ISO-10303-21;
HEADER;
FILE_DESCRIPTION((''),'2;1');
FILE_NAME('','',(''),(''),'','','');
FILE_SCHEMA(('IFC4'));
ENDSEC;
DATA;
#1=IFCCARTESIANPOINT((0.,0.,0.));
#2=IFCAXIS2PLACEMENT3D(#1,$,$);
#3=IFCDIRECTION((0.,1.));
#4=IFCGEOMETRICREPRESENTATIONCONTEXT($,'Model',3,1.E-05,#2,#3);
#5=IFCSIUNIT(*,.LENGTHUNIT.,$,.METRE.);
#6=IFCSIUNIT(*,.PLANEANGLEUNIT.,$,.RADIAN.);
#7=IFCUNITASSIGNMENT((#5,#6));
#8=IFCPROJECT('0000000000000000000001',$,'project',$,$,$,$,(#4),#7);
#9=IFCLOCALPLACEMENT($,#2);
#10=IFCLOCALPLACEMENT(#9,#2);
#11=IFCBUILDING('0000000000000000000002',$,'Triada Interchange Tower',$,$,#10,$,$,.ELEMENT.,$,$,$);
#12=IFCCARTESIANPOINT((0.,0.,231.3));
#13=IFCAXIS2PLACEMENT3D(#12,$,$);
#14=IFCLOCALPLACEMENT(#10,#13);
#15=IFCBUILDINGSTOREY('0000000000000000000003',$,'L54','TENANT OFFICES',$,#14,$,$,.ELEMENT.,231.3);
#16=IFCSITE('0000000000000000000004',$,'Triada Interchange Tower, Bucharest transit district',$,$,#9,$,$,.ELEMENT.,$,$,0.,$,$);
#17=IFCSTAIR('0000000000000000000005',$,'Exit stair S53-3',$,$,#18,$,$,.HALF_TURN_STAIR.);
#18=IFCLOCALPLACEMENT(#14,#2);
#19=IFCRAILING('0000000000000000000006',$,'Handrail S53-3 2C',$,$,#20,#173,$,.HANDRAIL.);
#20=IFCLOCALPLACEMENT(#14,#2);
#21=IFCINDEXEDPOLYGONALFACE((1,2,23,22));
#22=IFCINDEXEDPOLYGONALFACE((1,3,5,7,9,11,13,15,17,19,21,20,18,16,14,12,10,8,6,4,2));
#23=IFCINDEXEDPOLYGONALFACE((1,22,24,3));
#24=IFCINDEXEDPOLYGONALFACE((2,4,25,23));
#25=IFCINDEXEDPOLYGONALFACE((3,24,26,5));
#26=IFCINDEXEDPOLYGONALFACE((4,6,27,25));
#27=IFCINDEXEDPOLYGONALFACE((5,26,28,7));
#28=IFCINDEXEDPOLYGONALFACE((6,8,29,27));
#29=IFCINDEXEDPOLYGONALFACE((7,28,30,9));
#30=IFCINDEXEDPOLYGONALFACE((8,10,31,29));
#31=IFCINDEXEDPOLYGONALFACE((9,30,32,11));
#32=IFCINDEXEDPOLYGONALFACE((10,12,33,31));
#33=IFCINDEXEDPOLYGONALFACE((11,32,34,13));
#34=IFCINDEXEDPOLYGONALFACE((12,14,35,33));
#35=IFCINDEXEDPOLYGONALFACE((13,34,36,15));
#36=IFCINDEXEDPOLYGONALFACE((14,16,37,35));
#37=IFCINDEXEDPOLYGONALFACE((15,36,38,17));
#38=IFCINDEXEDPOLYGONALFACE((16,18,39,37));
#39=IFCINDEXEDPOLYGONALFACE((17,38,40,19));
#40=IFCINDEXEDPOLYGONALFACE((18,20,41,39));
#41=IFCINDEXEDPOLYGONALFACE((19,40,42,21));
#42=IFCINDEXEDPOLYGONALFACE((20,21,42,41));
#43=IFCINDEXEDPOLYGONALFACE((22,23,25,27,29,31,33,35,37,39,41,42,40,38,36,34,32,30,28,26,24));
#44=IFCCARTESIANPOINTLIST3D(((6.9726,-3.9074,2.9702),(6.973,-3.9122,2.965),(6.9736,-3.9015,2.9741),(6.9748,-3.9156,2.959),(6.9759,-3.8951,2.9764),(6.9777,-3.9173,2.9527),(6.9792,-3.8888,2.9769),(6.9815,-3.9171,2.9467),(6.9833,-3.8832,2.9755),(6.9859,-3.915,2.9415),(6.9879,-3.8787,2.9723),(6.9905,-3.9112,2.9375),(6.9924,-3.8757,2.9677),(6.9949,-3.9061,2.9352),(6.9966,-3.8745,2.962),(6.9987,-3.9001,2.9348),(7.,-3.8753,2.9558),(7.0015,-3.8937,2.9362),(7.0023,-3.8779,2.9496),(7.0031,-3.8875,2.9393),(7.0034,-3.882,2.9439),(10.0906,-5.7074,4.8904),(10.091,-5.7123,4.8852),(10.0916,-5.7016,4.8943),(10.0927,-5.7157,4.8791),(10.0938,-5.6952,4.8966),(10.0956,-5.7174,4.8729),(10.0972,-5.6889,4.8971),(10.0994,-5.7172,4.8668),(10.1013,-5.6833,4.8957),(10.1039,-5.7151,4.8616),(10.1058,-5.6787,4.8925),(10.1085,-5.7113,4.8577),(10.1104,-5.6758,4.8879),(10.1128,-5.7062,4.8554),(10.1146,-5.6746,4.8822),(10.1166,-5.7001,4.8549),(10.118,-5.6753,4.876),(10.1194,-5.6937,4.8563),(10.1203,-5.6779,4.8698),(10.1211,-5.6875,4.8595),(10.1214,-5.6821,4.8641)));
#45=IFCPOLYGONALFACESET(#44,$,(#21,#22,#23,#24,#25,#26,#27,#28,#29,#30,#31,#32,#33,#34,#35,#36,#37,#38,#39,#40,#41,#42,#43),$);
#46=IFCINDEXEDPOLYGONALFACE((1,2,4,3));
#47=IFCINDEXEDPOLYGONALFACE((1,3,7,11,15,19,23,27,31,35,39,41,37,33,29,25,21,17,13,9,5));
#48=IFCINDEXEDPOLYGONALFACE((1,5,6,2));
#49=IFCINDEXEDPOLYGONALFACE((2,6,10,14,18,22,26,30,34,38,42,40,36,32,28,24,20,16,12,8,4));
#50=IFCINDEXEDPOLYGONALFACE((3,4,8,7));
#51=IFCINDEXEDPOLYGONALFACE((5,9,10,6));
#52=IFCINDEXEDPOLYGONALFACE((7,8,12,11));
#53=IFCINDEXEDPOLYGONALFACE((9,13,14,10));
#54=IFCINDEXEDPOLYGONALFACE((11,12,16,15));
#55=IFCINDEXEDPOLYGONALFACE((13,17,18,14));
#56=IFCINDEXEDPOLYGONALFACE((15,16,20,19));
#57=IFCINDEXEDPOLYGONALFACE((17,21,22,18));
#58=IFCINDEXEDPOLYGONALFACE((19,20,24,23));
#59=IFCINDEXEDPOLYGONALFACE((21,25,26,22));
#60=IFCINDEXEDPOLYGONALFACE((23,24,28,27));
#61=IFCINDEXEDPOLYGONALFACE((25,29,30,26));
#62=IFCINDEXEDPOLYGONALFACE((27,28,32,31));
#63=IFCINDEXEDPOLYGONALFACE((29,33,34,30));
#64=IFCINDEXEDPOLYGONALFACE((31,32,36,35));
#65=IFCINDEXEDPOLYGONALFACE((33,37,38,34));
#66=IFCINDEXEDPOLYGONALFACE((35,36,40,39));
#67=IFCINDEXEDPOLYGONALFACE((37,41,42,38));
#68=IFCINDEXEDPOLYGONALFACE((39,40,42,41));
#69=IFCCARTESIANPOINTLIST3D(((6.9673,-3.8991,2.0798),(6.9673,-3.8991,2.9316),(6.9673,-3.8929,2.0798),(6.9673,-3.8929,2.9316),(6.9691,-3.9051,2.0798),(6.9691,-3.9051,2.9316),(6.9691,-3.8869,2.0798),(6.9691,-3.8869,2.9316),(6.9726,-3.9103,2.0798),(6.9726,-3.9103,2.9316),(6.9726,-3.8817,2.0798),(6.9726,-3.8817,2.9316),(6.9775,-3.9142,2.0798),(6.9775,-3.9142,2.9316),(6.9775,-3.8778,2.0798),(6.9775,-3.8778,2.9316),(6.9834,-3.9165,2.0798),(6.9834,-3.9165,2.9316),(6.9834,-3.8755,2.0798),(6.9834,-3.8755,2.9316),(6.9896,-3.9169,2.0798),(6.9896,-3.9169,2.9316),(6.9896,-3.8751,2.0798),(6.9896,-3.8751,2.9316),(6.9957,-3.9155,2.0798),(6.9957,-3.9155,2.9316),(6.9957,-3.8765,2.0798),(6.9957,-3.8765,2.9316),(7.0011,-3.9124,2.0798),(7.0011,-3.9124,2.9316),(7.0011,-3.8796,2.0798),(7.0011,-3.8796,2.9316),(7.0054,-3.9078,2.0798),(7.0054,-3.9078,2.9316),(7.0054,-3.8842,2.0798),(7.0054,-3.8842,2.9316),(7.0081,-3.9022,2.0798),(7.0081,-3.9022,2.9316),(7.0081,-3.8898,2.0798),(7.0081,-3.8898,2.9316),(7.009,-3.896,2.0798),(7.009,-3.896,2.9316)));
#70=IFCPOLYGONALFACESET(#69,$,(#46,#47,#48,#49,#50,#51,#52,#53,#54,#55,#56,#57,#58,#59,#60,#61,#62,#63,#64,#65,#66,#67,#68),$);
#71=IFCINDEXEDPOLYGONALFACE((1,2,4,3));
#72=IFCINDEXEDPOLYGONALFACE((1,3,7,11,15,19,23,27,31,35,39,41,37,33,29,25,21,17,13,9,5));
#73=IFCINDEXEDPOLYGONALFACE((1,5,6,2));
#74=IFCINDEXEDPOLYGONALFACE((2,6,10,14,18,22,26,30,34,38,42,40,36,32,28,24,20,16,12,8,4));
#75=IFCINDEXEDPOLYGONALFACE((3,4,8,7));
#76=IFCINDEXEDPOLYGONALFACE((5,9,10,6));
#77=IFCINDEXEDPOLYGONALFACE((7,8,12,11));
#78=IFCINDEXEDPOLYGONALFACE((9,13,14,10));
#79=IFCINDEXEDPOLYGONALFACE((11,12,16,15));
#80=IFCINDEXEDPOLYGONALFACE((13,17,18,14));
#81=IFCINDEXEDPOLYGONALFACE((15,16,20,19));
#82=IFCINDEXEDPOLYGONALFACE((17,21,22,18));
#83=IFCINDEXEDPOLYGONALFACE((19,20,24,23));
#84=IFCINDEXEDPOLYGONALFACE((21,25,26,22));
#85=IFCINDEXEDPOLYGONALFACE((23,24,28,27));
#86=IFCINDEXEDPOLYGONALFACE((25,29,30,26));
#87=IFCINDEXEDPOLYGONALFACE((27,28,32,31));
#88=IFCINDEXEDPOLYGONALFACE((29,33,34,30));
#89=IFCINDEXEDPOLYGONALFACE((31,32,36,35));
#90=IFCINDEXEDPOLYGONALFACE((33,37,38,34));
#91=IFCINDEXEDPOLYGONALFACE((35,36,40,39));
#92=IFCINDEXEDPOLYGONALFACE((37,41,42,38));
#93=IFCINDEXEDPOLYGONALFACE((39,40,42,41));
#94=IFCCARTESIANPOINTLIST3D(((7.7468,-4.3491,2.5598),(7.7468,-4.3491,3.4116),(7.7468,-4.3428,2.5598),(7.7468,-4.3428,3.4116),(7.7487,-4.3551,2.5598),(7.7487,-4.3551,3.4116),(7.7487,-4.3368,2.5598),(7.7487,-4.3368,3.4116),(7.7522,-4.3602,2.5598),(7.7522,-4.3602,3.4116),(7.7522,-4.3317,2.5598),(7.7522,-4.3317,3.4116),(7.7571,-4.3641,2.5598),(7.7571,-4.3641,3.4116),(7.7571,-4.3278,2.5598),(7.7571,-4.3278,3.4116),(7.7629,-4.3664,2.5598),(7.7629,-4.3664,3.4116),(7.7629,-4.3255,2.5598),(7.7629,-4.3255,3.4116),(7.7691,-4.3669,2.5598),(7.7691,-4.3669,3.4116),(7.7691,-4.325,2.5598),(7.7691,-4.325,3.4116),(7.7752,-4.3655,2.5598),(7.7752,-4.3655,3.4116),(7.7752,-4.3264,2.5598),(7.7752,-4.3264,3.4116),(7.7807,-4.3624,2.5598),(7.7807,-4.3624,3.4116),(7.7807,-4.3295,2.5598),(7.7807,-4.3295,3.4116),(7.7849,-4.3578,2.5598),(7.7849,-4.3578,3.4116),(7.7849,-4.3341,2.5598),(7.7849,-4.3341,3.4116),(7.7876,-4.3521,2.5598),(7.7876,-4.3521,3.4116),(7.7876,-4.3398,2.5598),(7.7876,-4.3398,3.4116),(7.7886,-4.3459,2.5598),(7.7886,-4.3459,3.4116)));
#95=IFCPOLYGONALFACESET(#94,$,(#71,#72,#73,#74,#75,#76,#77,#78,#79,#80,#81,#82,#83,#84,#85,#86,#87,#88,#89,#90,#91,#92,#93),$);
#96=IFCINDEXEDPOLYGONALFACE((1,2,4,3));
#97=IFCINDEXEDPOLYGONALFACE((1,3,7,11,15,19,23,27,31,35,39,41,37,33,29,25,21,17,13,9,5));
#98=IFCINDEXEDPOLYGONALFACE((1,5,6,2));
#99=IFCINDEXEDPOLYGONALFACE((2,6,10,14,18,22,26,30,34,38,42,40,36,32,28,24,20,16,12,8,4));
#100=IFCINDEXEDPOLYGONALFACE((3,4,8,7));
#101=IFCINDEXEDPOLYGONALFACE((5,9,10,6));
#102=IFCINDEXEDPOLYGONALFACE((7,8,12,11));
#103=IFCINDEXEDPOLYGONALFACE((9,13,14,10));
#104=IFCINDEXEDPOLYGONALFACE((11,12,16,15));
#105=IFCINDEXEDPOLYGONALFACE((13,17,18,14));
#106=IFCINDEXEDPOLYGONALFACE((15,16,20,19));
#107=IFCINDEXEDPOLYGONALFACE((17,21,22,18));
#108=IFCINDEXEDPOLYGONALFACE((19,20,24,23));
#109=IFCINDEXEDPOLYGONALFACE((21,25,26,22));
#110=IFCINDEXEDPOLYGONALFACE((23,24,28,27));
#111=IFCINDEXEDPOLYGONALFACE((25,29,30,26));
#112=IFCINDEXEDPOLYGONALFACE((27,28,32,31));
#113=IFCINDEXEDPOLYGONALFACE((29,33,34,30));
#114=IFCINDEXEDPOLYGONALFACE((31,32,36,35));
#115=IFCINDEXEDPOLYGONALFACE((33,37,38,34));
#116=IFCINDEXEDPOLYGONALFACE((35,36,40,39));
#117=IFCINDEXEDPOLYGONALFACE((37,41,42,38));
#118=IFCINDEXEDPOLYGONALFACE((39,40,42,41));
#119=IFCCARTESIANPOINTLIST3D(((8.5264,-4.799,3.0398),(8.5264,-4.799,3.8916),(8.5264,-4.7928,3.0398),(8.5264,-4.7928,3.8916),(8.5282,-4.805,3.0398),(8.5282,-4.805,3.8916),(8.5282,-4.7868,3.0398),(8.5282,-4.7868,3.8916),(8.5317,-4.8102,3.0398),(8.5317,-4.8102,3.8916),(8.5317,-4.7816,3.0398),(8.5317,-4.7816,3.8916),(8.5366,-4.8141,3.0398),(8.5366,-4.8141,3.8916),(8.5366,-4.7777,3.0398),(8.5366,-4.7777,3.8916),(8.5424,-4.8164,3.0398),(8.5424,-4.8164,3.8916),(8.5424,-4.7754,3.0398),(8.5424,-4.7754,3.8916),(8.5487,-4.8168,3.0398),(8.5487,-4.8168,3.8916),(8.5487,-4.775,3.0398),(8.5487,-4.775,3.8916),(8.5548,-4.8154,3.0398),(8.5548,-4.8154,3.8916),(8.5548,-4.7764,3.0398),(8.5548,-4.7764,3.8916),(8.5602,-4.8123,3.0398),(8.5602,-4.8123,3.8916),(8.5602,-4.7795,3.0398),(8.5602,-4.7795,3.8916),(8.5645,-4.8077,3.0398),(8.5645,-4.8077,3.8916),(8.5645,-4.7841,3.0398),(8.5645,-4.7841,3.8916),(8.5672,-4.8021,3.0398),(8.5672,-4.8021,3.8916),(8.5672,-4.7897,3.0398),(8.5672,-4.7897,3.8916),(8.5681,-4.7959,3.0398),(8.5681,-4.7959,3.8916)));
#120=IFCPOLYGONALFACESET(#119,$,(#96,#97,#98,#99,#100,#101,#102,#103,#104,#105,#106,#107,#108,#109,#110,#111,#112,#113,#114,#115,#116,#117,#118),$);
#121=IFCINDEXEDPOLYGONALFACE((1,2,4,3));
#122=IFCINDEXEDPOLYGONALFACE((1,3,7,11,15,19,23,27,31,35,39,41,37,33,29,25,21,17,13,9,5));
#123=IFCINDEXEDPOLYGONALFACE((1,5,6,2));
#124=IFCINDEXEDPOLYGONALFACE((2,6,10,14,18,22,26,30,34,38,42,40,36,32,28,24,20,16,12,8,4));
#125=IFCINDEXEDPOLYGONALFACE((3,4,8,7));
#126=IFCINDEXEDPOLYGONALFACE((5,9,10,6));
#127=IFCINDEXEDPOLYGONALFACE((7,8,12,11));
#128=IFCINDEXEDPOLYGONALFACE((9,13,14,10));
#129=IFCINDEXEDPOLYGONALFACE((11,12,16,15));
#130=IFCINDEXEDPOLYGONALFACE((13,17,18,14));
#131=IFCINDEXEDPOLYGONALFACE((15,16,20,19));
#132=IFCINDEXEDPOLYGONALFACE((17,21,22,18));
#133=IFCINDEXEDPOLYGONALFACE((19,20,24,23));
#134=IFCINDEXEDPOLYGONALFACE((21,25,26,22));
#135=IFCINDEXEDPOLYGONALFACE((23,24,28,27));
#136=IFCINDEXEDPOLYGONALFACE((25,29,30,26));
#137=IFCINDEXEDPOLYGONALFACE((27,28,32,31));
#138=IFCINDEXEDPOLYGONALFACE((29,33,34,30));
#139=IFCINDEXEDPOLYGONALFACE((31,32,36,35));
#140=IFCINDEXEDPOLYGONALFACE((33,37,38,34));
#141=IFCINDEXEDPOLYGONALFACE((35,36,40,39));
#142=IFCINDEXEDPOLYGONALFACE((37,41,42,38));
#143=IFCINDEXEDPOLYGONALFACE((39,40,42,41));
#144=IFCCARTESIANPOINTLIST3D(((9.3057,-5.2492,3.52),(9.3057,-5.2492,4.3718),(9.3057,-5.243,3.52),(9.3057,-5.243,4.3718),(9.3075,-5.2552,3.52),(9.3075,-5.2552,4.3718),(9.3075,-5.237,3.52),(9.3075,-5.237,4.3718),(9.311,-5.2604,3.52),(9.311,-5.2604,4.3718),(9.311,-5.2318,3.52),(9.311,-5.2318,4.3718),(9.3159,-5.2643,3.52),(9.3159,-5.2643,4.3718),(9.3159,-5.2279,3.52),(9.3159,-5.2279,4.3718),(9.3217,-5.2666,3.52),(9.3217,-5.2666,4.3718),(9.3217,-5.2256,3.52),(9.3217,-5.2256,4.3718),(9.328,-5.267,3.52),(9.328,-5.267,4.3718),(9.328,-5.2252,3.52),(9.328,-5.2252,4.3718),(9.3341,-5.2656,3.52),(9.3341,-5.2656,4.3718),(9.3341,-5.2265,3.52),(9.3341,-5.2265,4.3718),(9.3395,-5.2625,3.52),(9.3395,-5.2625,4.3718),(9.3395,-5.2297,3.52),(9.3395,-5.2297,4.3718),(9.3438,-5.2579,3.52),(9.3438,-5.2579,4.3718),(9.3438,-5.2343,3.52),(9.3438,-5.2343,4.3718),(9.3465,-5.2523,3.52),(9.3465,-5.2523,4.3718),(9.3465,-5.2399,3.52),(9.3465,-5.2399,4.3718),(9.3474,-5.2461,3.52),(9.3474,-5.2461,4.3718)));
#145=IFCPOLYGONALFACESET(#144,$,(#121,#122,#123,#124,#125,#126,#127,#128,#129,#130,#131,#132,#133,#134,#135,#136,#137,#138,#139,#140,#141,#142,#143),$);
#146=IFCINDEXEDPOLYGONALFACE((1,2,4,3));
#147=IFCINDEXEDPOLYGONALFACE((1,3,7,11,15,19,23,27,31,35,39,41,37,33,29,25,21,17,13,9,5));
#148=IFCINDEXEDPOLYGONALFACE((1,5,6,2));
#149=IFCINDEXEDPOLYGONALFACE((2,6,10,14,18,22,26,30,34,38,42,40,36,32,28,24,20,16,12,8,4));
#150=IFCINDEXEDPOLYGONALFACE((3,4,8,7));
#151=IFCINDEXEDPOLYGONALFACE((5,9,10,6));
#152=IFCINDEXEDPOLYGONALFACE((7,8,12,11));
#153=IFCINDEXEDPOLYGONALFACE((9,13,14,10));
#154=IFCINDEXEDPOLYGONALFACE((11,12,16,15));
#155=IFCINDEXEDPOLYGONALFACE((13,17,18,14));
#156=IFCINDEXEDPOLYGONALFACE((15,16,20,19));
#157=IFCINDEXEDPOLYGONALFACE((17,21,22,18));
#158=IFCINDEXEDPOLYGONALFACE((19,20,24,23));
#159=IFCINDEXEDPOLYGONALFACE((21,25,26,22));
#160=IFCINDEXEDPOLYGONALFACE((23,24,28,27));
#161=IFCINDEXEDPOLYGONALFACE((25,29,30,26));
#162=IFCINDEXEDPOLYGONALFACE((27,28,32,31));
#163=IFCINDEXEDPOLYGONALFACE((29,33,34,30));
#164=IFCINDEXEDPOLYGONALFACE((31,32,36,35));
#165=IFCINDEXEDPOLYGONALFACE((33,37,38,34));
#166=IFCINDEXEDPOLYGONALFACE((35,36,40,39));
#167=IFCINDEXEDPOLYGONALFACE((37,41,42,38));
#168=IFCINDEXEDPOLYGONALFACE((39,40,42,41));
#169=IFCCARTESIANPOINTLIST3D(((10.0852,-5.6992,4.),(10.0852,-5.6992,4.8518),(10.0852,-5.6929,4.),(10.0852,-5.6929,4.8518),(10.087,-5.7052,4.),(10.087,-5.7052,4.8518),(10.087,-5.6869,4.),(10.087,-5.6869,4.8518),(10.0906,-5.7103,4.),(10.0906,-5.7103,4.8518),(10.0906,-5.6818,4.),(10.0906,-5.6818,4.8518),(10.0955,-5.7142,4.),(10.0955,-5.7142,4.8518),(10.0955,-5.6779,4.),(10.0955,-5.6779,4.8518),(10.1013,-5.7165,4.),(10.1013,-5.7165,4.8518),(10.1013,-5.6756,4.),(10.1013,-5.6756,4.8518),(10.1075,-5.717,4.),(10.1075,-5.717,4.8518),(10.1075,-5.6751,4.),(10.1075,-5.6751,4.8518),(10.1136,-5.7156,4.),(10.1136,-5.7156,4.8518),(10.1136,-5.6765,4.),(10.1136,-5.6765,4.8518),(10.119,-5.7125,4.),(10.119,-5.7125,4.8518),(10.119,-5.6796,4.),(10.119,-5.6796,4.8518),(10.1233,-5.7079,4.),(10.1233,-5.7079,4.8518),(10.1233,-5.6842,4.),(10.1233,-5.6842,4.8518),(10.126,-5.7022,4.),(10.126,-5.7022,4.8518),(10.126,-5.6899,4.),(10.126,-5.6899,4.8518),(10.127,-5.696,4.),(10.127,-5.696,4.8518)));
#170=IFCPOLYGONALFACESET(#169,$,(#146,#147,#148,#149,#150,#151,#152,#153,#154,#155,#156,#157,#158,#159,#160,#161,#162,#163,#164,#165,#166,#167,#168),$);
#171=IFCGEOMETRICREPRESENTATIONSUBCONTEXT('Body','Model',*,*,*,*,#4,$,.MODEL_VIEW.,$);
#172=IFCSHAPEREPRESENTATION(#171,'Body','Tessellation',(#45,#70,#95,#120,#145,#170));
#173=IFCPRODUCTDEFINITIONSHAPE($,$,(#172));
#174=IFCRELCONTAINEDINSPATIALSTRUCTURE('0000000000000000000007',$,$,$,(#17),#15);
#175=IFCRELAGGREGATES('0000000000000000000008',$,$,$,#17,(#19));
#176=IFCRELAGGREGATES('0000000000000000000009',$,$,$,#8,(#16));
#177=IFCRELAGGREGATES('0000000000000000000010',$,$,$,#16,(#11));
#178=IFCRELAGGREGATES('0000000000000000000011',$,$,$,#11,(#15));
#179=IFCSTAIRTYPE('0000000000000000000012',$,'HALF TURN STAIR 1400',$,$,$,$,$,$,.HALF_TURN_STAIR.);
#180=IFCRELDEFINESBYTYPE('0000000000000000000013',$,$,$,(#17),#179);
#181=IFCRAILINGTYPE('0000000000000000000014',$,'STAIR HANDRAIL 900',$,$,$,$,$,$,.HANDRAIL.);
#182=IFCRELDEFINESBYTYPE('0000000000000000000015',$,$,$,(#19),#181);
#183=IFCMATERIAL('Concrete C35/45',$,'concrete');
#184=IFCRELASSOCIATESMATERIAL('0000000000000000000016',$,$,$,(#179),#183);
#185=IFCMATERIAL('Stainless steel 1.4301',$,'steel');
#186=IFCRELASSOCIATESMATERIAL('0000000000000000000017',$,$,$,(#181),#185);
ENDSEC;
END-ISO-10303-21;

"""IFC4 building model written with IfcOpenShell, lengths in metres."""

from ifc_helpers import new_model, si_unit, direction, frame, origin, origin_2d, place, context, subcontext, project, spatial, circle, extrude, material, type_object, element, aggregate, save


model = new_model("IFC4")

# Units and contexts
model_context = context("Model", 3, precision=1e-05, world=origin(), true_north=direction((0.0, 1.0)))
body_context = subcontext(model_context, "Body", "Model", "MODEL_VIEW")
ifc_project = project(units=[si_unit("LENGTHUNIT", "METRE"), si_unit("PLANEANGLEUNIT", "RADIAN")], contexts=[model_context])

# Site, building, storey
site_placement = place(None, origin())
site = spatial("IfcSite", under=ifc_project, at=site_placement, Name="Triada Interchange Tower, Bucharest transit district", CompositionType="ELEMENT", RefElevation=0.0)
building_placement = place(site_placement, origin())
building = spatial("IfcBuilding", under=site, at=building_placement, Name="Triada Interchange Tower", CompositionType="ELEMENT")
storey_placement = place(building_placement, frame((0.0, 0.0, 231.3)))
storey = spatial("IfcBuildingStorey", under=building, at=storey_placement, Name="L54", Description="TENANT OFFICES", CompositionType="ELEMENT", Elevation=231.3)

# Stair, railing
ifc_material_1 = material(Name="Concrete C35/45", Category="concrete")
stair_type = type_object("IfcStairType", Name="HALF TURN STAIR 1400", PredefinedType="HALF_TURN_STAIR", material=ifc_material_1)
stair_placement = place(storey_placement, origin())
stair = element("IfcStair", 1, at=stair_placement, inside=storey, type_object=stair_type, Name="Exit stair S53-3", PredefinedType="HALF_TURN_STAIR")
ifc_material_2 = material(Name="Stainless steel 1.4301", Category="steel")
railing_type = type_object("IfcRailingType", Name="STAIR HANDRAIL 900", PredefinedType="HANDRAIL", material=ifc_material_2)
railing_1_placement = place(storey_placement, frame((6.988, -3.896, 2.0798)))
railing_1 = element("IfcRailing", 2, at=railing_1_placement, type_object=railing_type, Name="Handrail S53-3 2C", PredefinedType="HANDRAIL", context=body_context, shape_type="SweptSolid", body=[
    extrude(circle(Radius=0.0239, at=origin_2d()), frame((0.0, 0.0, 0.876), z_axis=(0.764145, -0.441159, 0.470597), x_axis=(0.499983, 0.866035, 0.0)), (0.0, 0.0, 1.0), 4.0803),
    extrude(circle(Radius=0.021, at=origin_2d()), origin(), (0.0, 0.0, 1.0), 0.8518),
    extrude(circle(Radius=0.021, at=origin_2d()), frame((0.7795, -0.45, 0.48)), (0.0, 0.0, 1.0), 0.8518),
    extrude(circle(Radius=0.021, at=origin_2d()), frame((1.5591, -0.8999, 0.96)), (0.0, 0.0, 1.0), 0.8518),
    extrude(circle(Radius=0.021, at=origin_2d()), frame((2.3384, -1.3501, 1.4402)), (0.0, 0.0, 1.0), 0.8518),
    extrude(circle(Radius=0.021, at=origin_2d()), frame((3.1179, -1.8, 1.9202)), (0.0, 0.0, 1.0), 0.8518),
])
aggregate(stair, [railing_1])

save(model, "model.ifc")
